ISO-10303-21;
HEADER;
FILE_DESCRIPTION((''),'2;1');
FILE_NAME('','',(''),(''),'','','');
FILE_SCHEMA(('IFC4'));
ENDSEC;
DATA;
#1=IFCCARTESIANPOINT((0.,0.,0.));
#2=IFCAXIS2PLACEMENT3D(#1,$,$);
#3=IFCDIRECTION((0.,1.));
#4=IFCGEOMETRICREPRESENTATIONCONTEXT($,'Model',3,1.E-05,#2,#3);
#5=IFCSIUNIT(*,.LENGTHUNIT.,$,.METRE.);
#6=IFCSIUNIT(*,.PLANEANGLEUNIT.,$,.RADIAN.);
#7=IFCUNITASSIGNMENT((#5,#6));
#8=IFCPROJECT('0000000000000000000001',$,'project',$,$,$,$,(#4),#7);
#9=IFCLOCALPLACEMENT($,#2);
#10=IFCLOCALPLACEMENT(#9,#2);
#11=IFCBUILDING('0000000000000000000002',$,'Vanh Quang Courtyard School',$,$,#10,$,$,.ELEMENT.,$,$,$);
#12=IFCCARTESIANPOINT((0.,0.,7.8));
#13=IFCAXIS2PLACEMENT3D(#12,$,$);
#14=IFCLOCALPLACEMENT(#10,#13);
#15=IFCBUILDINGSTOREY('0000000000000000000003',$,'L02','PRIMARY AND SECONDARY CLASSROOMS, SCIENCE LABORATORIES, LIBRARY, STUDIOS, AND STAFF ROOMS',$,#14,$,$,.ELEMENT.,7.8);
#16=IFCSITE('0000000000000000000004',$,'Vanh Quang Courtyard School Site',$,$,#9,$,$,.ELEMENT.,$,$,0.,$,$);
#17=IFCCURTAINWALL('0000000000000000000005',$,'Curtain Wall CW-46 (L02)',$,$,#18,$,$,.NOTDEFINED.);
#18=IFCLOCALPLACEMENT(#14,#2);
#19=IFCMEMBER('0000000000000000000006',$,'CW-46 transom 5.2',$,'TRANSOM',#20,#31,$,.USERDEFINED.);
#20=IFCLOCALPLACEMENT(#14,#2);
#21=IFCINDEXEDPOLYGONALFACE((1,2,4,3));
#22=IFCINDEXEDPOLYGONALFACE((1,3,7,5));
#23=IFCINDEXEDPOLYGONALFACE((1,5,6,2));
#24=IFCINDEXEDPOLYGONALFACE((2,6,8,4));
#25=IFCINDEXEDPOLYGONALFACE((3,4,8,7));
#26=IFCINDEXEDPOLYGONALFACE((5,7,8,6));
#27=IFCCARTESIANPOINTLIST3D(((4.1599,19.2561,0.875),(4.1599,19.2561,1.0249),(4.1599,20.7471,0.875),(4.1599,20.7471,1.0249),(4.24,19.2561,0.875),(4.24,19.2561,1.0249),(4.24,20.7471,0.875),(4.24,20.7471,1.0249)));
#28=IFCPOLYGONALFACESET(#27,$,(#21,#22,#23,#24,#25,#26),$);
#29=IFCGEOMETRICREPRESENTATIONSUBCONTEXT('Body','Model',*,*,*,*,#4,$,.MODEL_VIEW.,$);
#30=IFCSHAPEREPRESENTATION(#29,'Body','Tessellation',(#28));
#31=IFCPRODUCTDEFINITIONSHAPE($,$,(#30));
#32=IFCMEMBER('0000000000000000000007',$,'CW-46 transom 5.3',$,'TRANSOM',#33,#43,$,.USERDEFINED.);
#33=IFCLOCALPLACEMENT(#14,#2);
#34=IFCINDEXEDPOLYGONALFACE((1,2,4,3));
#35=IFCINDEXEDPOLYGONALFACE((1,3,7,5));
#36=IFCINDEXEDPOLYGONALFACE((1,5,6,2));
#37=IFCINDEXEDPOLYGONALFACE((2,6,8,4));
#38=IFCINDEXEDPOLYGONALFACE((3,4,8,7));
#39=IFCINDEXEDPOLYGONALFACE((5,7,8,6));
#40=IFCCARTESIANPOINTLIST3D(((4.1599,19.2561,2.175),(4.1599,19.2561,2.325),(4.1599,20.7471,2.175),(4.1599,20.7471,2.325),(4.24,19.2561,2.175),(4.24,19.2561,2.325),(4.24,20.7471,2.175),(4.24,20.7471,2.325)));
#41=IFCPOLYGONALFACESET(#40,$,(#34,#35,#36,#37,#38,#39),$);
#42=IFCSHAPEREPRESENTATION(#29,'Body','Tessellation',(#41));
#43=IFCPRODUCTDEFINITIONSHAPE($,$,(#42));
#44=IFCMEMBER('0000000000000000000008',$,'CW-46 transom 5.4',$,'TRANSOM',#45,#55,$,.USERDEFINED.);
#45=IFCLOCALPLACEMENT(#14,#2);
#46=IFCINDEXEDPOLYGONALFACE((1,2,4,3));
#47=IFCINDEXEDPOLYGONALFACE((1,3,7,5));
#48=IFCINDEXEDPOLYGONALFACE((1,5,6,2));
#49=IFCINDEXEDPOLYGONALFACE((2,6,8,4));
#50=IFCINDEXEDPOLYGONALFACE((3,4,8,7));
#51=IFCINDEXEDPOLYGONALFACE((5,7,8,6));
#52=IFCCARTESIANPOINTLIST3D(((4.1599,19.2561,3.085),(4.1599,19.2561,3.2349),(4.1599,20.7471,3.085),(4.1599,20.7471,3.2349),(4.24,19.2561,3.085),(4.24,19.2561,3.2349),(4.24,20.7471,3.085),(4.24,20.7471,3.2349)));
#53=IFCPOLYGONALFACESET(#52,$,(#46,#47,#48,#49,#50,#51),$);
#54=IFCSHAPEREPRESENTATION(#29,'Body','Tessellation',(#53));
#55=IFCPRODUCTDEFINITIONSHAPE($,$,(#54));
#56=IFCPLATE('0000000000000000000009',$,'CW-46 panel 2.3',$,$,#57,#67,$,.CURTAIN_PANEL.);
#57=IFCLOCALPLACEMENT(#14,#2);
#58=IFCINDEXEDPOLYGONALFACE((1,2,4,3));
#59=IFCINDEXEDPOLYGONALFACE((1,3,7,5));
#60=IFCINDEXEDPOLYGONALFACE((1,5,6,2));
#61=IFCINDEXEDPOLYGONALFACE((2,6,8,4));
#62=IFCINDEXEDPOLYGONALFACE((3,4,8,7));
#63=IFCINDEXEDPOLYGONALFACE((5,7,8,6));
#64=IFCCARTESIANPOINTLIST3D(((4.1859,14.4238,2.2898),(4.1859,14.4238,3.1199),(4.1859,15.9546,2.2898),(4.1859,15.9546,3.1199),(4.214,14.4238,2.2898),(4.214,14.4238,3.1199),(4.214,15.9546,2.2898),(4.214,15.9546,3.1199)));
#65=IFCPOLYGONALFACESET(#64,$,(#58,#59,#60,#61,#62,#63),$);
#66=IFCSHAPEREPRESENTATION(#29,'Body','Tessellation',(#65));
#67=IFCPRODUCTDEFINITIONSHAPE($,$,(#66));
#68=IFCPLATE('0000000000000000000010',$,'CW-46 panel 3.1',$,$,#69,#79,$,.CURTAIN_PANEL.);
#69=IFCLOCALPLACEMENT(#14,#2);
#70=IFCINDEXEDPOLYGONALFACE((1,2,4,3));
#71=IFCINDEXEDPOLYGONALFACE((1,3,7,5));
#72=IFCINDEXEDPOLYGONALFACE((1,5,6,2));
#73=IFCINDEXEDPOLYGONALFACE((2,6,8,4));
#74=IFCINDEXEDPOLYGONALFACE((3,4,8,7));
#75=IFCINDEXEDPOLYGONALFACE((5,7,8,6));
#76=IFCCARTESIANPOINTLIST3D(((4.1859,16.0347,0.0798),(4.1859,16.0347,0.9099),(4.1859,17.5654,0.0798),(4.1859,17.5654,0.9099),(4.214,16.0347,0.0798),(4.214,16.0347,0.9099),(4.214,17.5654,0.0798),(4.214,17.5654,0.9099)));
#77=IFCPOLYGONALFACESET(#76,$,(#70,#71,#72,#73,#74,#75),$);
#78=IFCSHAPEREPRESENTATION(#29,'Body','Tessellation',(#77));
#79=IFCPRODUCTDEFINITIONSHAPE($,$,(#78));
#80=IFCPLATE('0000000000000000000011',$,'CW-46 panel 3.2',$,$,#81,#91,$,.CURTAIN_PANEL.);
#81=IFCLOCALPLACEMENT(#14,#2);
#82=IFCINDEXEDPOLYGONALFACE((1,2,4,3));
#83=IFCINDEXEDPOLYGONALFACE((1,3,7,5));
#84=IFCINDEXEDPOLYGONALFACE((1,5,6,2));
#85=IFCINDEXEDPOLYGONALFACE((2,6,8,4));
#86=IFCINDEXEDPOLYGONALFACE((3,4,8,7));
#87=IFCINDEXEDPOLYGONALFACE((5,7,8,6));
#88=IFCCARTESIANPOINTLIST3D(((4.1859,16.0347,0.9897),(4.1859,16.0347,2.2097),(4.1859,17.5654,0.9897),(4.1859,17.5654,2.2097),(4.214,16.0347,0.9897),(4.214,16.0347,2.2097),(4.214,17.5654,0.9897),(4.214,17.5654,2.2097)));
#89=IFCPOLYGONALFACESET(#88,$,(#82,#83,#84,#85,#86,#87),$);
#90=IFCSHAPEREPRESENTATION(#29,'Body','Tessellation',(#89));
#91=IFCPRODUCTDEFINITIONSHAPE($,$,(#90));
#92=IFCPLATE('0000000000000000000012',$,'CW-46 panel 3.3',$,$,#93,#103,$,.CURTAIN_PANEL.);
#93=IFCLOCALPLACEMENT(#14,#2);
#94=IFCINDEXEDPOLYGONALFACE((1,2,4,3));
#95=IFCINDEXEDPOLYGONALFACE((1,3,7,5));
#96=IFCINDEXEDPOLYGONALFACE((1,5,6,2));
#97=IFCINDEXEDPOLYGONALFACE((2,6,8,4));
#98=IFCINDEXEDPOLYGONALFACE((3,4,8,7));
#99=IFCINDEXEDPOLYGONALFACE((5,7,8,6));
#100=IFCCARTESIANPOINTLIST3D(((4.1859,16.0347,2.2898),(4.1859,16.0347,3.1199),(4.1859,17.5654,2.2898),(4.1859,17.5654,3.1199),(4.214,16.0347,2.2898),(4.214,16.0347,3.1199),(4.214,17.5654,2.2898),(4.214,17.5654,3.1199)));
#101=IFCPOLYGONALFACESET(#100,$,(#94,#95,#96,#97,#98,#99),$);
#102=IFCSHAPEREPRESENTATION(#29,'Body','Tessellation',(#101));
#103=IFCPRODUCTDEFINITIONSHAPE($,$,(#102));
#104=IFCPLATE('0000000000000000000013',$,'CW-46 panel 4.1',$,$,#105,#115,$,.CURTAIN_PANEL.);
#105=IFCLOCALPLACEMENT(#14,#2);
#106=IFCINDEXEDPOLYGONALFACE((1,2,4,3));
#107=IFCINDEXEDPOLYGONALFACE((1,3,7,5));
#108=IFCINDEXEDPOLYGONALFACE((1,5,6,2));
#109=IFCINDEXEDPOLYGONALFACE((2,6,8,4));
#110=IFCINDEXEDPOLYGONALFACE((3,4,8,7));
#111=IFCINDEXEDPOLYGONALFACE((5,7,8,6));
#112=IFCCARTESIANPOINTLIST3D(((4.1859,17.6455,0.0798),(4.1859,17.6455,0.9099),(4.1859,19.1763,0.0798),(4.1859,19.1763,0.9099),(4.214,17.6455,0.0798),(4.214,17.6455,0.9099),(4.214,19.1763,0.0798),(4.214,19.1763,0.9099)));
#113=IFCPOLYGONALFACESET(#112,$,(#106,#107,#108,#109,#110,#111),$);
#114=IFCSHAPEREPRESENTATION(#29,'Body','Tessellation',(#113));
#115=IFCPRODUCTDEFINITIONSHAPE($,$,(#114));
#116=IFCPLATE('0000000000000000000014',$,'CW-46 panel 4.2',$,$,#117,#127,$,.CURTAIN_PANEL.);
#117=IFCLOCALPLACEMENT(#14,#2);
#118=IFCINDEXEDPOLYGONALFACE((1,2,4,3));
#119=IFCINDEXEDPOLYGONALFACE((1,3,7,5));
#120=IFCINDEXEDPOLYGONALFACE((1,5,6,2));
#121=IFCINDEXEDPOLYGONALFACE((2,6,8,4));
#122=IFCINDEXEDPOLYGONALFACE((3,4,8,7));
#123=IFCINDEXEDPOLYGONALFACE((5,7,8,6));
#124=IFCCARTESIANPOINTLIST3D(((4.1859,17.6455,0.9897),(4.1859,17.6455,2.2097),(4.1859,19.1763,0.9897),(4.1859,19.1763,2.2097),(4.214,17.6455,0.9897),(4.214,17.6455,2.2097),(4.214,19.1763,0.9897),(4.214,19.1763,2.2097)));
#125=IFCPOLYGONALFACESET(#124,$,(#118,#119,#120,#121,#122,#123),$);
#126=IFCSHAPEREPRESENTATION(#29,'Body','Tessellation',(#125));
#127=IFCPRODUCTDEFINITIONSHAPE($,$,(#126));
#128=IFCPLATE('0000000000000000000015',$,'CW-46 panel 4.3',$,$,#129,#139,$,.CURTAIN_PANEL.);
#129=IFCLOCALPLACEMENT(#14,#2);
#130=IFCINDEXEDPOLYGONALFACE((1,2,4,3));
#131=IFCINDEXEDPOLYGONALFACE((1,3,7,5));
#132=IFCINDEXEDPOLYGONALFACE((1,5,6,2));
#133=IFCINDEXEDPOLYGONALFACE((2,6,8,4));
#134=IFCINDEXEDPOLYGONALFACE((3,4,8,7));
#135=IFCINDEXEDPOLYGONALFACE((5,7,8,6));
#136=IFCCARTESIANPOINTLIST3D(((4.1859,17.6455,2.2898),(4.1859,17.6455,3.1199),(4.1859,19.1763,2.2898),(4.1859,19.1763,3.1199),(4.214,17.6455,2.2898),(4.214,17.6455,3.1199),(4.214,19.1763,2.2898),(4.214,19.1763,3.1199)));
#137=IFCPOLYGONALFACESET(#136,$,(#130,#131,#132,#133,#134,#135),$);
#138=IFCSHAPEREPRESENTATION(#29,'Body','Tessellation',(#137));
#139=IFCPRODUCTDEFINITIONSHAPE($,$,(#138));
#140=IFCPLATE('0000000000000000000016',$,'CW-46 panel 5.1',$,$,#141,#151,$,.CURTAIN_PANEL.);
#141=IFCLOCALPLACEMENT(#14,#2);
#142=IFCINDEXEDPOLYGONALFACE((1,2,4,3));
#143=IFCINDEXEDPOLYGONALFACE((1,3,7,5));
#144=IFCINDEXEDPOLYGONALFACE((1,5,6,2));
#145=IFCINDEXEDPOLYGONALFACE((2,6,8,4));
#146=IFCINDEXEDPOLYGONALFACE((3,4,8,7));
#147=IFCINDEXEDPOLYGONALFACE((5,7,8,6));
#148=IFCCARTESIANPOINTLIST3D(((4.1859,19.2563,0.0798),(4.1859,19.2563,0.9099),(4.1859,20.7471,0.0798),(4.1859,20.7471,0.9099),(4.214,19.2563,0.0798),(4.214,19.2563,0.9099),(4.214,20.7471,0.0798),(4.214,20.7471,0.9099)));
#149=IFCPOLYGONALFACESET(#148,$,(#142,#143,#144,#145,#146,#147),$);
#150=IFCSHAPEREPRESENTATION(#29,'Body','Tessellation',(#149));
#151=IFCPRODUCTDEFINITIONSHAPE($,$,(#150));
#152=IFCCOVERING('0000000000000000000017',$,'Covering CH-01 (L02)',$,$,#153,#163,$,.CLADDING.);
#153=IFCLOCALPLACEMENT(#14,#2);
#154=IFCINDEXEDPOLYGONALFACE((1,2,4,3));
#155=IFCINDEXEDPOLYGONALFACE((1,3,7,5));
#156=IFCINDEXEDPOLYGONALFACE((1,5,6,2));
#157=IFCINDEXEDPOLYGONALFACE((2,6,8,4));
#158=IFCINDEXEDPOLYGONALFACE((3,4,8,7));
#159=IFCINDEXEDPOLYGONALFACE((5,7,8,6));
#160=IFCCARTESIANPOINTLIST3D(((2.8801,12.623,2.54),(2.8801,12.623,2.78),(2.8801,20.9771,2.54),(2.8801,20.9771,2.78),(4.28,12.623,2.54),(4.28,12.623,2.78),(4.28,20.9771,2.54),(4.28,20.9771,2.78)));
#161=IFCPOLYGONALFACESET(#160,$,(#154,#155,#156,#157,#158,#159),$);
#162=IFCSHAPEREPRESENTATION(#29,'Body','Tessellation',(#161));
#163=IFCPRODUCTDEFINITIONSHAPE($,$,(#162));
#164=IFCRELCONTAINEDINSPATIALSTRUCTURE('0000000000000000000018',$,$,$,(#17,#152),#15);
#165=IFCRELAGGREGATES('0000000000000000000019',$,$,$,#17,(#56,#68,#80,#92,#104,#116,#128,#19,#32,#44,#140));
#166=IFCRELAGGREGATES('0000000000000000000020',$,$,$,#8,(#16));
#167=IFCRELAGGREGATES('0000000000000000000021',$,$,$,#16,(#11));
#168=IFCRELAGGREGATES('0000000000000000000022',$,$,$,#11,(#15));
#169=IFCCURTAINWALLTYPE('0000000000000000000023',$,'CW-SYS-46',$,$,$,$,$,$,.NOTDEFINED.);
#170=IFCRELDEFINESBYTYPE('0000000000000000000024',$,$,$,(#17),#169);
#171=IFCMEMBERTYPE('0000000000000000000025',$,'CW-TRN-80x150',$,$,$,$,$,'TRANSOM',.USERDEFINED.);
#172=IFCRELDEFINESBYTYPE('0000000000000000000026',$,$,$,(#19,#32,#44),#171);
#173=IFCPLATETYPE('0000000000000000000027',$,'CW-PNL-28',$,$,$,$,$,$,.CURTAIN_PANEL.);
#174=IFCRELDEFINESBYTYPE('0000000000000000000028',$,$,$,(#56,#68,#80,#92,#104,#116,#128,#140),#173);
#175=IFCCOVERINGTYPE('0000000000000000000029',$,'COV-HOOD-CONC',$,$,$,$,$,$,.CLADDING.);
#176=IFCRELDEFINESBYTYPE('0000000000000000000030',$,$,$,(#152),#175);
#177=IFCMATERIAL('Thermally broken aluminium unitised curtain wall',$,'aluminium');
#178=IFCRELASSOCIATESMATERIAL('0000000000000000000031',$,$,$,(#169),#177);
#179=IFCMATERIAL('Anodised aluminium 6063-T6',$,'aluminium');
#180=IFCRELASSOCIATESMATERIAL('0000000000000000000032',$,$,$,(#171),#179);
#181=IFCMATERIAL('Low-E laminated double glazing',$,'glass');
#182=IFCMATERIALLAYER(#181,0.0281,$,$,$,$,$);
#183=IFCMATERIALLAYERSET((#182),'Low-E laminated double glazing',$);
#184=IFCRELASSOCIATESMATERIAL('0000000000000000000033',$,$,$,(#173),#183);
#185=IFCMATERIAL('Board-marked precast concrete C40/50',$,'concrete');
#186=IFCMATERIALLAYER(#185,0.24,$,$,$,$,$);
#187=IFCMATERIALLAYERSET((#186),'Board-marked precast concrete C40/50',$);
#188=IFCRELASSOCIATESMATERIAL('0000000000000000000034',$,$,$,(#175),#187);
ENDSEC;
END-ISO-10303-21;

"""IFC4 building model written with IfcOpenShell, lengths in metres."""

from ifc_helpers import new_model, si_unit, direction, frame, origin, origin_2d, place, context, subcontext, project, spatial, rectangle, extrude, material, layer, layer_set, material_profile, profile_set, type_object, element, aggregate, save


model = new_model("IFC4")

# Units and contexts
model_context = context("Model", 3, precision=1e-05, world=origin(), true_north=direction((0.0, 1.0)))
body_context = subcontext(model_context, "Body", "Model", "MODEL_VIEW")
ifc_project = project(units=[si_unit("LENGTHUNIT", "METRE"), si_unit("PLANEANGLEUNIT", "RADIAN")], contexts=[model_context])

# Site, building, storey
site_placement = place(None, origin())
site = spatial("IfcSite", under=ifc_project, at=site_placement, Name="Vanh Quang Courtyard School Site", CompositionType="ELEMENT", RefElevation=0.0)
building_placement = place(site_placement, origin())
building = spatial("IfcBuilding", under=site, at=building_placement, Name="Vanh Quang Courtyard School", CompositionType="ELEMENT")
storey_placement = place(building_placement, frame((0.0, 0.0, 7.8)))
storey = spatial("IfcBuildingStorey", under=building, at=storey_placement, Name="L02", Description="PRIMARY AND SECONDARY CLASSROOMS, SCIENCE LABORATORIES, LIBRARY, STUDIOS, AND STAFF ROOMS", CompositionType="ELEMENT", Elevation=7.8)

# Curtain wall, members, plates
ifc_material_1 = material(Name="Thermally broken aluminium unitised curtain wall", Category="aluminium")
curtain_wall_type = type_object("IfcCurtainWallType", Name="CW-SYS-46", PredefinedType="NOTDEFINED", material=ifc_material_1)
curtain_wall_placement = place(storey_placement, origin())
curtain_wall = element("IfcCurtainWall", 1, at=curtain_wall_placement, inside=storey, type_object=curtain_wall_type, Name="Curtain Wall CW-46 (L02)", PredefinedType="NOTDEFINED")
ifc_material_2 = material(Name="Anodised aluminium 6063-T6", Category="aluminium")
ifc_material_profile_1 = material_profile(ifc_material_2, rectangle(XDim=0.0801, YDim=0.1499, at=origin_2d()), Name="ALU-TRN 80x150")
ifc_profile_set_1 = profile_set([ifc_material_profile_1], Name="Anodised aluminium 6063-T6")
member_type_1 = type_object("IfcMemberType", Name="CW-TRN-80x150", ElementType="TRANSOM", PredefinedType="USERDEFINED", material=ifc_profile_set_1)
member_1_placement = place(storey_placement, frame((4.2, 19.2561, 0.95), z_axis=(0.0, 1.0, 0.0), x_axis=(-1.0, 0.0, 0.0)))
member_1 = element("IfcMember", 2, at=member_1_placement, type_object=member_type_1, Name="CW-46 transom 5.2", ObjectType="TRANSOM", PredefinedType="USERDEFINED", context=body_context, shape_type="SweptSolid", body=[
    extrude(rectangle(XDim=0.0801, YDim=0.1499, at=origin_2d()), origin(), (0.0, 0.0, 1.0), 1.491),
])
member_2_placement = place(storey_placement, frame((4.2, 19.2561, 2.25), z_axis=(0.0, 1.0, 0.0), x_axis=(-1.0, 0.0, 0.0)))
member_2 = element("IfcMember", 3, at=member_2_placement, type_object=member_type_1, Name="CW-46 transom 5.3", ObjectType="TRANSOM", PredefinedType="USERDEFINED", context=body_context, shape_type="SweptSolid", body=[
    extrude(rectangle(XDim=0.0801, YDim=0.1499, at=origin_2d()), origin(), (0.0, 0.0, 1.0), 1.491),
])
member_3_placement = place(storey_placement, frame((4.2, 19.2561, 3.1599), z_axis=(0.0, 1.0, 0.0), x_axis=(-1.0, 0.0, 0.0)))
member_3 = element("IfcMember", 4, at=member_3_placement, type_object=member_type_1, Name="CW-46 transom 5.4", ObjectType="TRANSOM", PredefinedType="USERDEFINED", context=body_context, shape_type="SweptSolid", body=[
    extrude(rectangle(XDim=0.0801, YDim=0.1499, at=origin_2d()), origin(), (0.0, 0.0, 1.0), 1.491),
])
ifc_material_3 = material(Name="Low-E laminated double glazing", Category="glass")
ifc_layer_1 = layer(ifc_material_3, 0.0281)
ifc_layer_set_1 = layer_set([ifc_layer_1], Name="Low-E laminated double glazing")
plate_type = type_object("IfcPlateType", Name="CW-PNL-28", PredefinedType="CURTAIN_PANEL", material=ifc_layer_set_1)
plate_1_placement = place(storey_placement, frame((4.2, 15.1892, 2.2898), z_axis=(0.0, 0.0, 1.0), x_axis=(0.0, 1.0, 0.0)))
plate_1 = element("IfcPlate", 5, at=plate_1_placement, type_object=plate_type, Name="CW-46 panel 2.3", PredefinedType="CURTAIN_PANEL", context=body_context, shape_type="SweptSolid", body=[
    extrude(rectangle(XDim=1.5308, YDim=0.0281, at=origin_2d()), origin(), (0.0, 0.0, 1.0), 0.8301),
])
plate_2_placement = place(storey_placement, frame((4.2, 16.8, 0.0798), z_axis=(0.0, 0.0, 1.0), x_axis=(0.0, 1.0, 0.0)))
plate_2 = element("IfcPlate", 6, at=plate_2_placement, type_object=plate_type, Name="CW-46 panel 3.1", PredefinedType="CURTAIN_PANEL", context=body_context, shape_type="SweptSolid", body=[
    extrude(rectangle(XDim=1.5308, YDim=0.0281, at=origin_2d()), origin(), (0.0, 0.0, 1.0), 0.8301),
])
plate_3_placement = place(storey_placement, frame((4.2, 16.8, 0.9897), z_axis=(0.0, 0.0, 1.0), x_axis=(0.0, 1.0, 0.0)))
plate_3 = element("IfcPlate", 7, at=plate_3_placement, type_object=plate_type, Name="CW-46 panel 3.2", PredefinedType="CURTAIN_PANEL", context=body_context, shape_type="SweptSolid", body=[
    extrude(rectangle(XDim=1.5308, YDim=0.0281, at=origin_2d()), origin(), (0.0, 0.0, 1.0), 1.22),
])
plate_4_placement = place(storey_placement, frame((4.2, 16.8, 2.2898), z_axis=(0.0, 0.0, 1.0), x_axis=(0.0, 1.0, 0.0)))
plate_4 = element("IfcPlate", 8, at=plate_4_placement, type_object=plate_type, Name="CW-46 panel 3.3", PredefinedType="CURTAIN_PANEL", context=body_context, shape_type="SweptSolid", body=[
    extrude(rectangle(XDim=1.5308, YDim=0.0281, at=origin_2d()), origin(), (0.0, 0.0, 1.0), 0.8301),
])
plate_5_placement = place(storey_placement, frame((4.2, 18.4109, 0.0798), z_axis=(0.0, 0.0, 1.0), x_axis=(0.0, 1.0, 0.0)))
plate_5 = element("IfcPlate", 9, at=plate_5_placement, type_object=plate_type, Name="CW-46 panel 4.1", PredefinedType="CURTAIN_PANEL", context=body_context, shape_type="SweptSolid", body=[
    extrude(rectangle(XDim=1.5308, YDim=0.0281, at=origin_2d()), origin(), (0.0, 0.0, 1.0), 0.8301),
])
plate_6_placement = place(storey_placement, frame((4.2, 18.4109, 0.9897), z_axis=(0.0, 0.0, 1.0), x_axis=(0.0, 1.0, 0.0)))
plate_6 = element("IfcPlate", 10, at=plate_6_placement, type_object=plate_type, Name="CW-46 panel 4.2", PredefinedType="CURTAIN_PANEL", context=body_context, shape_type="SweptSolid", body=[
    extrude(rectangle(XDim=1.5308, YDim=0.0281, at=origin_2d()), origin(), (0.0, 0.0, 1.0), 1.22),
])
plate_7_placement = place(storey_placement, frame((4.2, 18.4109, 2.2898), z_axis=(0.0, 0.0, 1.0), x_axis=(0.0, 1.0, 0.0)))
plate_7 = element("IfcPlate", 11, at=plate_7_placement, type_object=plate_type, Name="CW-46 panel 4.3", PredefinedType="CURTAIN_PANEL", context=body_context, shape_type="SweptSolid", body=[
    extrude(rectangle(XDim=1.5308, YDim=0.0281, at=origin_2d()), origin(), (0.0, 0.0, 1.0), 0.8301),
])
plate_8_placement = place(storey_placement, frame((4.2, 20.0017, 0.0798), z_axis=(0.0, 0.0, 1.0), x_axis=(0.0, 1.0, 0.0)))
plate_8 = element("IfcPlate", 12, at=plate_8_placement, type_object=plate_type, Name="CW-46 panel 5.1", PredefinedType="CURTAIN_PANEL", context=body_context, shape_type="SweptSolid", body=[
    extrude(rectangle(XDim=1.4907, YDim=0.0281, at=origin_2d()), origin(), (0.0, 0.0, 1.0), 0.8301),
])
aggregate(curtain_wall, [plate_1, plate_2, plate_3, plate_4, plate_5, plate_6, plate_7, member_1, member_2, member_3, plate_8])

# Covering
ifc_material_4 = material(Name="Board-marked precast concrete C40/50", Category="concrete")
ifc_layer_2 = layer(ifc_material_4, 0.24)
ifc_layer_set_2 = layer_set([ifc_layer_2], Name="Board-marked precast concrete C40/50")
covering_type = type_object("IfcCoveringType", Name="COV-HOOD-CONC", PredefinedType="CLADDING", material=ifc_layer_set_2)
covering_placement = place(storey_placement, frame((3.5801, 16.8, 2.54), z_axis=(0.0, 0.0, 1.0), x_axis=(0.0, 1.0, 0.0)))
element("IfcCovering", 13, at=covering_placement, inside=storey, type_object=covering_type, Name="Covering CH-01 (L02)", PredefinedType="CLADDING", context=body_context, shape_type="SweptSolid", body=[
    extrude(rectangle(XDim=8.354, YDim=1.3999, at=origin_2d()), origin(), (0.0, 0.0, 1.0), 0.24),
])

save(model, "model.ifc")
